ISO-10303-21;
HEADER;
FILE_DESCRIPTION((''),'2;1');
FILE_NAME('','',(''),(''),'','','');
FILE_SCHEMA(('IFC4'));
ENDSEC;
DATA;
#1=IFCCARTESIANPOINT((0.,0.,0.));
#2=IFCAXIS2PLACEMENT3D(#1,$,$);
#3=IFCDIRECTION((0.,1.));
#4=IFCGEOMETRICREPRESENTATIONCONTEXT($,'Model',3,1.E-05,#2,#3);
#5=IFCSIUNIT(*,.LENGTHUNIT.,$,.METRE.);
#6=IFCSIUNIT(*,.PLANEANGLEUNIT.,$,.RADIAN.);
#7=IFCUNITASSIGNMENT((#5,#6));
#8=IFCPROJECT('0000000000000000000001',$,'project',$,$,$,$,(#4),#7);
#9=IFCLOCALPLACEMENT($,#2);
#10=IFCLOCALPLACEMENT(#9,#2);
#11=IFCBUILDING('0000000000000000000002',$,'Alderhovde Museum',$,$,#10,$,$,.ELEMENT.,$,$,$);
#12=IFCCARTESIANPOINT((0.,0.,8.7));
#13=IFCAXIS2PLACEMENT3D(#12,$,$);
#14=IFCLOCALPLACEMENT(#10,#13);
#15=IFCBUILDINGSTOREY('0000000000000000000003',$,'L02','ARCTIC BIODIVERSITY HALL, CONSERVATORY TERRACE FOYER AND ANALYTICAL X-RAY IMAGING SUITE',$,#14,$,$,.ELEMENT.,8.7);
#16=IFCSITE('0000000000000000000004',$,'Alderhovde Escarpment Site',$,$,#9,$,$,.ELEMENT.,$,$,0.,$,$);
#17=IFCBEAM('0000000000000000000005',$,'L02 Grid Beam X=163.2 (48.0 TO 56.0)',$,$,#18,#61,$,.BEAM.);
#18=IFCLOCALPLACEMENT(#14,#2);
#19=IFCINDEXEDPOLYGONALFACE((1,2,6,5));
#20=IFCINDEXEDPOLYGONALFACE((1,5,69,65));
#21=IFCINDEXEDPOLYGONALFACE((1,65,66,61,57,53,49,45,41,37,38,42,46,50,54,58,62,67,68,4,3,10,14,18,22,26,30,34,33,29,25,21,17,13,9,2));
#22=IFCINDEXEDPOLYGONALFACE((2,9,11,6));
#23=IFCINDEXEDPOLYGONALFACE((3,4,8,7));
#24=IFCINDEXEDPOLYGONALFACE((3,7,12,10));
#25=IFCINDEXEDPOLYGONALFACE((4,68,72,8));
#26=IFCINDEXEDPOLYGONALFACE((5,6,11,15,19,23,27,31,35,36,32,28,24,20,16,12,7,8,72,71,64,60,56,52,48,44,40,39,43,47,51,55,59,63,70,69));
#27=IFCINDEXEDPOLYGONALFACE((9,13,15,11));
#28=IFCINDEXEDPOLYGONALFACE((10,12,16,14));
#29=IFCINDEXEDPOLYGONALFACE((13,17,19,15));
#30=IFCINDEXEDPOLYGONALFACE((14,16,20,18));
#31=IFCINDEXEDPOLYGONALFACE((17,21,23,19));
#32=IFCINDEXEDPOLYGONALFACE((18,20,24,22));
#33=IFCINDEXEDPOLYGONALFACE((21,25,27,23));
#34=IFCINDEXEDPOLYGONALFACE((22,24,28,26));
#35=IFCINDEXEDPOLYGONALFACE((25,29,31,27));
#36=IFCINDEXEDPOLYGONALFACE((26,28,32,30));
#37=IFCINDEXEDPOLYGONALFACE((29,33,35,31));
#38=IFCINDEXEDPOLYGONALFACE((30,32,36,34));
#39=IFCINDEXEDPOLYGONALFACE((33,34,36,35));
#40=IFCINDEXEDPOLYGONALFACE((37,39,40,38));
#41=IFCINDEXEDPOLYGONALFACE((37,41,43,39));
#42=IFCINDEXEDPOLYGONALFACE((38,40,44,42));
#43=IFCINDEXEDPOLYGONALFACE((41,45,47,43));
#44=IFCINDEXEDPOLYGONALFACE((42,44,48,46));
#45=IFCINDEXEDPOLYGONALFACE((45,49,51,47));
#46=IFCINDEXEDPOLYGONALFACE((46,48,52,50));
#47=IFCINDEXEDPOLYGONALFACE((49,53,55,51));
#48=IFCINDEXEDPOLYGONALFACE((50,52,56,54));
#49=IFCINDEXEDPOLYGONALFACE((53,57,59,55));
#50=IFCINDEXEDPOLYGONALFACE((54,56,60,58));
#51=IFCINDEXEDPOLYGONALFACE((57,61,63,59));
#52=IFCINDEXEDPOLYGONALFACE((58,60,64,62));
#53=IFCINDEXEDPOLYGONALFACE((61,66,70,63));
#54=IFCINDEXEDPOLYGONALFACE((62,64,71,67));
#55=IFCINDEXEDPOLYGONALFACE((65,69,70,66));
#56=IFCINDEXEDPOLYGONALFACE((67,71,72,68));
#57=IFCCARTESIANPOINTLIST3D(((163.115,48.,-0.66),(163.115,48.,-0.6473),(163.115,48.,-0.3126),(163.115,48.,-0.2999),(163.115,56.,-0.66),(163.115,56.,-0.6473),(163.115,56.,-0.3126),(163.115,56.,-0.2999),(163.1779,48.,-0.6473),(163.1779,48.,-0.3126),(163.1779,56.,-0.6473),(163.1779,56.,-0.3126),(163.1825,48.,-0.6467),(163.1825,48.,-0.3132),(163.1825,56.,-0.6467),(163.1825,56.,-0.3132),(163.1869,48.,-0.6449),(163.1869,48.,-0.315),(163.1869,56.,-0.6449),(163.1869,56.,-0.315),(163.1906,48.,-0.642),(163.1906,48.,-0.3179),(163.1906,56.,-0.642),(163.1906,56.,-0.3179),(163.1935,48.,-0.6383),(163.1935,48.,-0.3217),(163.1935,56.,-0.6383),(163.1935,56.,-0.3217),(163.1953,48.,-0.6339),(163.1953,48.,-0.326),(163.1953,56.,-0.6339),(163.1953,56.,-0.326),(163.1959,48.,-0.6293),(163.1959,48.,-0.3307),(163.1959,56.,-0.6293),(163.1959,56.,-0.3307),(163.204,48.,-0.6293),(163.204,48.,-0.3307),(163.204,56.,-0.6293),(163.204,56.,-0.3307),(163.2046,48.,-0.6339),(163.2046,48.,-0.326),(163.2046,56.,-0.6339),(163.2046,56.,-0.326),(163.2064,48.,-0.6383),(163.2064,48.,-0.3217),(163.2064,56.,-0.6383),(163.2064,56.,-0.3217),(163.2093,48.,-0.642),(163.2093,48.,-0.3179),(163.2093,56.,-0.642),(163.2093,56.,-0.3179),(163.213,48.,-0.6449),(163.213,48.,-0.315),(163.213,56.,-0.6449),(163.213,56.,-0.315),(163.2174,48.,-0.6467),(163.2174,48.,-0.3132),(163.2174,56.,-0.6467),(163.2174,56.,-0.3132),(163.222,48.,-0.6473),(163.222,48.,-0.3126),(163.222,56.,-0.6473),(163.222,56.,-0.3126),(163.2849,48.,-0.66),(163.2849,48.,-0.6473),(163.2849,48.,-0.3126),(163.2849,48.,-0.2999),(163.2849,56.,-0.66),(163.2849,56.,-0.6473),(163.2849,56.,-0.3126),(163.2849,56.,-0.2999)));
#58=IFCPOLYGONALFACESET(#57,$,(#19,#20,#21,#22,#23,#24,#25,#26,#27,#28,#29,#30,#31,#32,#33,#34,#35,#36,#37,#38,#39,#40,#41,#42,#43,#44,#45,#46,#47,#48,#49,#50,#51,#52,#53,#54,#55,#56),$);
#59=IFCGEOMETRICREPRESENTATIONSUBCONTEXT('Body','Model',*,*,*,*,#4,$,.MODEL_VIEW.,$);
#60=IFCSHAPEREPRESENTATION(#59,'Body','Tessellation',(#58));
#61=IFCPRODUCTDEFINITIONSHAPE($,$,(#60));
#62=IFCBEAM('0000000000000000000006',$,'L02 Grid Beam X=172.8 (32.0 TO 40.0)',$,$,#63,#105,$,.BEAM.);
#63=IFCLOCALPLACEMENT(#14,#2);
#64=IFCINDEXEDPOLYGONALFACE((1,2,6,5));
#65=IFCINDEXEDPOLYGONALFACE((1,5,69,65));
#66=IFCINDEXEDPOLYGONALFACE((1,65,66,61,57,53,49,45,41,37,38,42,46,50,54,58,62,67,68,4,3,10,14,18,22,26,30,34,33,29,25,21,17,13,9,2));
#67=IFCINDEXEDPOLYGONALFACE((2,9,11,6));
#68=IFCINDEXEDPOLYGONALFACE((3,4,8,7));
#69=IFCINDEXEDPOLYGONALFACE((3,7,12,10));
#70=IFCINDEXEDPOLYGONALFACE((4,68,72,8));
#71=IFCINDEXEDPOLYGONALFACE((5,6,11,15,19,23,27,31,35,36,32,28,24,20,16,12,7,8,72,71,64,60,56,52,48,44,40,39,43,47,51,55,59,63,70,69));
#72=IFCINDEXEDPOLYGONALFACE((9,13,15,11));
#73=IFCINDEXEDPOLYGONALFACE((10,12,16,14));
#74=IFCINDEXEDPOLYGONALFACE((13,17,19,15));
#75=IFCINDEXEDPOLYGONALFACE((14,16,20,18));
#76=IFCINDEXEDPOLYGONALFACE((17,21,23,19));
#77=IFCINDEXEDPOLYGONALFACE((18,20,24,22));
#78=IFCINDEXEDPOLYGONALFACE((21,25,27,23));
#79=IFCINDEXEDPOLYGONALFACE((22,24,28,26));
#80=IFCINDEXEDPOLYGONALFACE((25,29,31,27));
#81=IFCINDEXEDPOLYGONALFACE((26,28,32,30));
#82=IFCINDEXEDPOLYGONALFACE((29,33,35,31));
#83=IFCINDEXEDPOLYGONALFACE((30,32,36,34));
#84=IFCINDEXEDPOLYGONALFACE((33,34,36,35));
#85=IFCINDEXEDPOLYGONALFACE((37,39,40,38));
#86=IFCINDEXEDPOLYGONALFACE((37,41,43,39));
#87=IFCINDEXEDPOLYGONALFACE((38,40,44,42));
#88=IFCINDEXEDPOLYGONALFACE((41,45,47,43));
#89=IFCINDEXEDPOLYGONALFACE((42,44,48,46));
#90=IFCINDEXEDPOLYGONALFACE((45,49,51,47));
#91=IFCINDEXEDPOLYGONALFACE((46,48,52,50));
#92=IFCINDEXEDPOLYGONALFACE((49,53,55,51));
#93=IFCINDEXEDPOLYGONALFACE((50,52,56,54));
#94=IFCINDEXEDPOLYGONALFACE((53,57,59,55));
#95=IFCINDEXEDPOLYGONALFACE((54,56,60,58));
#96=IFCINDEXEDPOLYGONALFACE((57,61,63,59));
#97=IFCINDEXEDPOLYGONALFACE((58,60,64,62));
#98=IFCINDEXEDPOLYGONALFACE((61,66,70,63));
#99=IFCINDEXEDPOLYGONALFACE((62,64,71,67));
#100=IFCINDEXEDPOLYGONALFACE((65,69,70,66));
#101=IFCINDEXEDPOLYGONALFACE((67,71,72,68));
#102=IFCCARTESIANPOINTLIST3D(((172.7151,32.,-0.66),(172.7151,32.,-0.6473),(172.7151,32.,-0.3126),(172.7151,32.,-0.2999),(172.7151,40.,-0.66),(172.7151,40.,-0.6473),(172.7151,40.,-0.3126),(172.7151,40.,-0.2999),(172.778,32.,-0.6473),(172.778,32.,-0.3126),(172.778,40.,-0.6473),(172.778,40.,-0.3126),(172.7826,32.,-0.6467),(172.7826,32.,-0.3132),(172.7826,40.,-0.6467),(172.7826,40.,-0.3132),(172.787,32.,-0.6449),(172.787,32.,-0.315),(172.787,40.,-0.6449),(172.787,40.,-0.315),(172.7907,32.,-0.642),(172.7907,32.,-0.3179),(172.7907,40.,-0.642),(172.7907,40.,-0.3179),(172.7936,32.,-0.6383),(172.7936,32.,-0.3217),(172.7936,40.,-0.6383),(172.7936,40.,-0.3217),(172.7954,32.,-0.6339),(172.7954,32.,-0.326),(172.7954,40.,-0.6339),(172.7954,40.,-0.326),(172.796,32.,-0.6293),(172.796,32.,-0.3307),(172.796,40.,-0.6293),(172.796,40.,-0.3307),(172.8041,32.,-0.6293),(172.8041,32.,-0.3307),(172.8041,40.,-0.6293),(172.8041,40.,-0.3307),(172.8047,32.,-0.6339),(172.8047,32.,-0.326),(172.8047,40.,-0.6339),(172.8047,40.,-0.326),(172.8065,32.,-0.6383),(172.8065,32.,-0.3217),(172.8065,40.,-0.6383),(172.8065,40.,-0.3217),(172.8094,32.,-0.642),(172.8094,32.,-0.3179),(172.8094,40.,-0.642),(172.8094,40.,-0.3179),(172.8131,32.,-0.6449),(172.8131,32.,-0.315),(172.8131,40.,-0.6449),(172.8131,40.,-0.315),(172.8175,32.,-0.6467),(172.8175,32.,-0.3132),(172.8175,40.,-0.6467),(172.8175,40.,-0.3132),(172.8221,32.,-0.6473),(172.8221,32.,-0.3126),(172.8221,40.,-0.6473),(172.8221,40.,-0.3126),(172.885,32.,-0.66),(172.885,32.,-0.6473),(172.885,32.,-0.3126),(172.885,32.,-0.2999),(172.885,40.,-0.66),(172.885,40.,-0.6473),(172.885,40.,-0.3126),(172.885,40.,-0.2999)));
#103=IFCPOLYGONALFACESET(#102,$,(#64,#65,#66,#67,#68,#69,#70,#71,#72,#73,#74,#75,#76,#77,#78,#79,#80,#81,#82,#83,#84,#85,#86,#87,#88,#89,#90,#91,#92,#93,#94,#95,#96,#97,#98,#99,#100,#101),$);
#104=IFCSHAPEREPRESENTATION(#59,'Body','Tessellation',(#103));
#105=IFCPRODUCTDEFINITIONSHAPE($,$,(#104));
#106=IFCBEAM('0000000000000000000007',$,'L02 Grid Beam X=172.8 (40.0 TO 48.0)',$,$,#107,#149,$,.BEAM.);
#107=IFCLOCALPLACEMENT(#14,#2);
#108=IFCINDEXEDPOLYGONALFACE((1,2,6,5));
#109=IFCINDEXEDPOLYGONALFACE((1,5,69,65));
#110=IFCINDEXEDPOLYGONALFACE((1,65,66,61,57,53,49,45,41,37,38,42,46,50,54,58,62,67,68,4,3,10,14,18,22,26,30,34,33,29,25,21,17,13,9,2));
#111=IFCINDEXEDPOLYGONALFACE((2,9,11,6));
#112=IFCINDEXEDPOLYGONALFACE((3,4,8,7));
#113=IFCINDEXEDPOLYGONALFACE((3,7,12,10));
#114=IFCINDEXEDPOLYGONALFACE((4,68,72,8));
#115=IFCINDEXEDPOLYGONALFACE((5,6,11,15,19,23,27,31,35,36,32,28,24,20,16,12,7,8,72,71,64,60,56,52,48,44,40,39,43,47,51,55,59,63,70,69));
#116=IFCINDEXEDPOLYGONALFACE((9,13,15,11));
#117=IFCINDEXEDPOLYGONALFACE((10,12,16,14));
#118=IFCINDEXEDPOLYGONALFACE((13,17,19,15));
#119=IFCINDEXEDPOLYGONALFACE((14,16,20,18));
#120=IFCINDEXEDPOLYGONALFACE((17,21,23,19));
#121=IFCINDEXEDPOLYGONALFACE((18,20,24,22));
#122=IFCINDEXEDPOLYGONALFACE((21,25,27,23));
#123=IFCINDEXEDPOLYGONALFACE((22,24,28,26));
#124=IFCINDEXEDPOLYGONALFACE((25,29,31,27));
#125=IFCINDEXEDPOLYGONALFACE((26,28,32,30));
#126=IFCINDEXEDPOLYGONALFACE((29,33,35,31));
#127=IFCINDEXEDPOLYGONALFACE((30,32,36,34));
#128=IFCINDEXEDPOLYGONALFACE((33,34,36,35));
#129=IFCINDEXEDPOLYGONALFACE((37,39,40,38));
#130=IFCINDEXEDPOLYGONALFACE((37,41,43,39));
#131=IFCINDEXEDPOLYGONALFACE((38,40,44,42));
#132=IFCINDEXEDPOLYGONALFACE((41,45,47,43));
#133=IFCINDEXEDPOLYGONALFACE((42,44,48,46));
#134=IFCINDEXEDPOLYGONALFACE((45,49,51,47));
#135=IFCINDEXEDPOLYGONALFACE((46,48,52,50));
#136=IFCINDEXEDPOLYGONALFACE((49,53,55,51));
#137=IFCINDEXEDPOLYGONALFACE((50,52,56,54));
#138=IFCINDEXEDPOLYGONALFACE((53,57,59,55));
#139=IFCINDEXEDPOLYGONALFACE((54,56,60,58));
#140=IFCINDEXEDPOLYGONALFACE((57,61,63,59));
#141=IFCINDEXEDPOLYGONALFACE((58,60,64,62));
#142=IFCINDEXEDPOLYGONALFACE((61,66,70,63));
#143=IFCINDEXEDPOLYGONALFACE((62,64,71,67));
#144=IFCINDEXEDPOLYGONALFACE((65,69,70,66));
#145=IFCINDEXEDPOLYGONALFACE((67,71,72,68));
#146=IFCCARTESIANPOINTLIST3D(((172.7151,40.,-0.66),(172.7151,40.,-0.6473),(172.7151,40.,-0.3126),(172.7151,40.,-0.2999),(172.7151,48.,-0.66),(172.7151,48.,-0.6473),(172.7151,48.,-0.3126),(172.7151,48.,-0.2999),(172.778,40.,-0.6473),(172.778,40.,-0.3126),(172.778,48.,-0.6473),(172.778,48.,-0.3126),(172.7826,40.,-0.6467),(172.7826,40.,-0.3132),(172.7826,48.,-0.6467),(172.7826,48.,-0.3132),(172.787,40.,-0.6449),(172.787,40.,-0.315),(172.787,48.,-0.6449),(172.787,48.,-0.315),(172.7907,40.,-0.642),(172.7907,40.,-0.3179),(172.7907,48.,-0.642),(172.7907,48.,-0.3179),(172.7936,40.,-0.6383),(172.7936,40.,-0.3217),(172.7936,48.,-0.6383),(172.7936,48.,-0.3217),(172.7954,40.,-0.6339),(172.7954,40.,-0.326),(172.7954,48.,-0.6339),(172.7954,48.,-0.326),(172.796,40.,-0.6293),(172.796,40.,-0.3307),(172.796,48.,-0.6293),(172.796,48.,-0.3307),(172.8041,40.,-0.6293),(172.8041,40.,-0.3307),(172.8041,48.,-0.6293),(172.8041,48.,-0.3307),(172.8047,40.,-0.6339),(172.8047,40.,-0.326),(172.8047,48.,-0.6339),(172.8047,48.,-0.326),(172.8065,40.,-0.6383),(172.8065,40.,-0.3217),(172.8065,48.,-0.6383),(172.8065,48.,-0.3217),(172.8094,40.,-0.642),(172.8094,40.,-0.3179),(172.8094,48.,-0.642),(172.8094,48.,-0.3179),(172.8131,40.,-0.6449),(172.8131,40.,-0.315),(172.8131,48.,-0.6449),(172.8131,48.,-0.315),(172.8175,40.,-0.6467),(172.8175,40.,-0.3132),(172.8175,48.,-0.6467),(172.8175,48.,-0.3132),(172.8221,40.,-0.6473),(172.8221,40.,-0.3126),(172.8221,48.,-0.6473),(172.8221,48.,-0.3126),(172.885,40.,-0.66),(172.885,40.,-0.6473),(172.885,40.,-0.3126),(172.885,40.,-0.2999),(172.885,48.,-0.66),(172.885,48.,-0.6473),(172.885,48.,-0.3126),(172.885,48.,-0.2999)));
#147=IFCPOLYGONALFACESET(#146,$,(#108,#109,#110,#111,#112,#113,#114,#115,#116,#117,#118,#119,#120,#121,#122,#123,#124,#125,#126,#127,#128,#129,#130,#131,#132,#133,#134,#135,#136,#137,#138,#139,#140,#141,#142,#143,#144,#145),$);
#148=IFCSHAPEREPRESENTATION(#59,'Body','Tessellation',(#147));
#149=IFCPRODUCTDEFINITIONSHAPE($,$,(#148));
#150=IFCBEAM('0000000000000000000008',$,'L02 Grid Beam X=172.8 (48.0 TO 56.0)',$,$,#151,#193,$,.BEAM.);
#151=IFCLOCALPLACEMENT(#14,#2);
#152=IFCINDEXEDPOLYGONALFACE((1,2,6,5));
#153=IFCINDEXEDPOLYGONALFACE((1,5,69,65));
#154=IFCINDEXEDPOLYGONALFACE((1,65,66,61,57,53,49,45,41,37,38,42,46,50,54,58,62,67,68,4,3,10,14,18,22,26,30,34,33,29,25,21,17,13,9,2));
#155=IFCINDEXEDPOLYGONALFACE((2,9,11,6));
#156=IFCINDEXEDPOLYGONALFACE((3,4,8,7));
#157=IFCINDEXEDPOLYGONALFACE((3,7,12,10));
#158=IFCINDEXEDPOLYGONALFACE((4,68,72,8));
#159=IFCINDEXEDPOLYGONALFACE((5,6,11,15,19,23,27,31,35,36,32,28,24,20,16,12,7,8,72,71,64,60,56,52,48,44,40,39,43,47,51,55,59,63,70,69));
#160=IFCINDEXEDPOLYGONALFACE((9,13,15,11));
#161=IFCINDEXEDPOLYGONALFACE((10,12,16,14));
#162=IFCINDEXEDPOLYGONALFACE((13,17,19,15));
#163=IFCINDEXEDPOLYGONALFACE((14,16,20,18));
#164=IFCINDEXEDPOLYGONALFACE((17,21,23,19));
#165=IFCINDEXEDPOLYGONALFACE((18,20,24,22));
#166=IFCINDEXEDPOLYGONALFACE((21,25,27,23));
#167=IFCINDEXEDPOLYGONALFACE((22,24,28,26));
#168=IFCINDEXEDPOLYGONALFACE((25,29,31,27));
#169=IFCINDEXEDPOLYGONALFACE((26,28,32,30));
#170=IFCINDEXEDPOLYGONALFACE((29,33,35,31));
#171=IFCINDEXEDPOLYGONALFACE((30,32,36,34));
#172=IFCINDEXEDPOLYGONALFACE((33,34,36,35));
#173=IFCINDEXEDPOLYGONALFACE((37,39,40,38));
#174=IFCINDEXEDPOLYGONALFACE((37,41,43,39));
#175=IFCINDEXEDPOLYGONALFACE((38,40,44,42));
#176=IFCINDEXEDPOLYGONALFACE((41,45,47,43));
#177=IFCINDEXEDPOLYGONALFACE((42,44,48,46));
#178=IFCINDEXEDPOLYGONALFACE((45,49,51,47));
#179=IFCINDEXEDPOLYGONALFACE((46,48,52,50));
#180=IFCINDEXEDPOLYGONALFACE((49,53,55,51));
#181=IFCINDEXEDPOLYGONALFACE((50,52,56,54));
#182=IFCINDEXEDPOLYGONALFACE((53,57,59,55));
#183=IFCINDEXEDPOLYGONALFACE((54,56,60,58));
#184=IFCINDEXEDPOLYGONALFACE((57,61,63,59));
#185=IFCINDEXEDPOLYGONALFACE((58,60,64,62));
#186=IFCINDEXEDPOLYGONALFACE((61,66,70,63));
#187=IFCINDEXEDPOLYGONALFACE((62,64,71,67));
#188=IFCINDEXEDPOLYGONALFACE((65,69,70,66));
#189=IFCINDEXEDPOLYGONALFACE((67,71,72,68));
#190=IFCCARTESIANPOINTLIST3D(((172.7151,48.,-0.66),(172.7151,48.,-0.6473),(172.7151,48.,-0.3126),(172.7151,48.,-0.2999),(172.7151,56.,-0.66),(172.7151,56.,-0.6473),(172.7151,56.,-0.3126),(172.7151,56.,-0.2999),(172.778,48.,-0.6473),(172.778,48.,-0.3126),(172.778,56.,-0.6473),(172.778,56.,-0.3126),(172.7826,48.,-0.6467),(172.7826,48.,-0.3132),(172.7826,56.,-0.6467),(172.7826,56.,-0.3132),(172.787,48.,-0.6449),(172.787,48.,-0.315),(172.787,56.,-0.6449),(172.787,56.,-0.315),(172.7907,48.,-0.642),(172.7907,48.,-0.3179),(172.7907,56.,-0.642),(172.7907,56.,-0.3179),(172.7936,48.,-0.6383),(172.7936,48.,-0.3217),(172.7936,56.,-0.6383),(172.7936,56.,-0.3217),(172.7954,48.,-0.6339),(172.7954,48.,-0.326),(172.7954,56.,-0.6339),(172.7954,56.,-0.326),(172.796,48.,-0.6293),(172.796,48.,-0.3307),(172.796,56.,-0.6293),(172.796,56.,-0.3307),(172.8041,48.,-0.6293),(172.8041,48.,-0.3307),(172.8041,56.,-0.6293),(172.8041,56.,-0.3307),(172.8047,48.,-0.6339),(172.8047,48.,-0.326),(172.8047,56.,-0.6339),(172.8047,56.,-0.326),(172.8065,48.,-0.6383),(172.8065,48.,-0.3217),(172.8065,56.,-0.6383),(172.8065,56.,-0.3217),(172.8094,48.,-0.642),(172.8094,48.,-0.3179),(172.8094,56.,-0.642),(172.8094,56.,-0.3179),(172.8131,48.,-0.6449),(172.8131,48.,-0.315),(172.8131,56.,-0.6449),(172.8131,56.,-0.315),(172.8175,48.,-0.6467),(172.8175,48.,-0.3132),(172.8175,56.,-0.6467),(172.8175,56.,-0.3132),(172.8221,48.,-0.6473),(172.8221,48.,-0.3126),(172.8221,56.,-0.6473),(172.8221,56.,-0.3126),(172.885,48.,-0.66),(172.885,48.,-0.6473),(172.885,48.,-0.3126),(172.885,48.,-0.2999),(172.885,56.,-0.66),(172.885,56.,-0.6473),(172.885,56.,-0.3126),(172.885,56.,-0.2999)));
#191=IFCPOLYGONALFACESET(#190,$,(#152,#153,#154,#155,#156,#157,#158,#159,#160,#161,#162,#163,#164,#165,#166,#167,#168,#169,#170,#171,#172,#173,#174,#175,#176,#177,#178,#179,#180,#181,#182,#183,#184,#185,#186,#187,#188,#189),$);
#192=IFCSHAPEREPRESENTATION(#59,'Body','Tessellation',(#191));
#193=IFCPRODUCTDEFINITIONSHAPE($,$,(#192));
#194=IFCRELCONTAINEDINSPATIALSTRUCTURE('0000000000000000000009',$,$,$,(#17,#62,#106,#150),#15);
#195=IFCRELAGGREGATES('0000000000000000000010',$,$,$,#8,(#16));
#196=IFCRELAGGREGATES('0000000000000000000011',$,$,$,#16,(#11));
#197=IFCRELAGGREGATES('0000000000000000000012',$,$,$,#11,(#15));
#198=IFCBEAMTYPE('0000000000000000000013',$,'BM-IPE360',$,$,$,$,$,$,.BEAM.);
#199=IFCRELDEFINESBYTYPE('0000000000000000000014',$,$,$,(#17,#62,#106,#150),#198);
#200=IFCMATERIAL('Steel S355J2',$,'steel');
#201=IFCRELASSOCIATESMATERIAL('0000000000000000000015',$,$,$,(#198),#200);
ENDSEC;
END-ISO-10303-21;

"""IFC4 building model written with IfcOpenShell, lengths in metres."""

from ifc_helpers import new_model, si_unit, direction, frame, origin, origin_2d, place, context, subcontext, project, spatial, i_section, extrude, material, material_profile, profile_set, type_object, element, save


model = new_model("IFC4")

# Units and contexts
model_context = context("Model", 3, precision=1e-05, world=origin(), true_north=direction((0.0, 1.0)))
body_context = subcontext(model_context, "Body", "Model", "MODEL_VIEW")
ifc_project = project(units=[si_unit("LENGTHUNIT", "METRE"), si_unit("PLANEANGLEUNIT", "RADIAN")], contexts=[model_context])

# Site, building, storey
site_placement = place(None, origin())
site = spatial("IfcSite", under=ifc_project, at=site_placement, Name="Alderhovde Escarpment Site", CompositionType="ELEMENT", RefElevation=0.0)
building_placement = place(site_placement, origin())
building = spatial("IfcBuilding", under=site, at=building_placement, Name="Alderhovde Museum", CompositionType="ELEMENT")
storey_placement = place(building_placement, frame((0.0, 0.0, 8.7)))
storey = spatial("IfcBuildingStorey", under=building, at=storey_placement, Name="L02", Description="ARCTIC BIODIVERSITY HALL, CONSERVATORY TERRACE FOYER AND ANALYTICAL X-RAY IMAGING SUITE", CompositionType="ELEMENT", Elevation=8.7)

# Beams
ifc_material_1 = material(Name="Steel S355J2", Category="steel")
ifc_material_profile_1 = material_profile(ifc_material_1, i_section(OverallWidth=0.1699, OverallDepth=0.3601, WebThickness=0.0081, FlangeThickness=0.0127, FilletRadius=0.0181, at=origin_2d()), Name="IPE 360")
ifc_profile_set_1 = profile_set([ifc_material_profile_1], Name="Steel S355J2")
beam_type_1 = type_object("IfcBeamType", Name="BM-IPE360", PredefinedType="BEAM", material=ifc_profile_set_1)
for number, where, z_axis, x_axis, name in (
    (1, (163.2, 48.0, -0.48), (0.0, 1.0, 0.0), (-1.0, 0.0, 0.0), "L02 Grid Beam X=163.2 (48.0 TO 56.0)"),
    (2, (172.8, 32.0, -0.48), (0.0, 1.0, 0.0), (-1.0, 0.0, 0.0), "L02 Grid Beam X=172.8 (32.0 TO 40.0)"),
    (3, (172.8, 40.0, -0.48), (0.0, 1.0, 0.0), (-1.0, 0.0, 0.0), "L02 Grid Beam X=172.8 (40.0 TO 48.0)"),
    (4, (172.8, 48.0, -0.48), (0.0, 1.0, 0.0), (-1.0, 0.0, 0.0), "L02 Grid Beam X=172.8 (48.0 TO 56.0)"),
):
    element("IfcBeam", number, at=place(storey_placement, frame(where, z_axis=z_axis, x_axis=x_axis)), inside=storey, type_object=beam_type_1, Name=name, PredefinedType="BEAM", context=body_context, shape_type="SweptSolid", body=[
        extrude(i_section(OverallWidth=0.1699, OverallDepth=0.3601, WebThickness=0.0081, FlangeThickness=0.0127, FilletRadius=0.0181, at=origin_2d()), origin(), (0.0, 0.0, 1.0), 8.0),
    ])

save(model, "model.ifc")
